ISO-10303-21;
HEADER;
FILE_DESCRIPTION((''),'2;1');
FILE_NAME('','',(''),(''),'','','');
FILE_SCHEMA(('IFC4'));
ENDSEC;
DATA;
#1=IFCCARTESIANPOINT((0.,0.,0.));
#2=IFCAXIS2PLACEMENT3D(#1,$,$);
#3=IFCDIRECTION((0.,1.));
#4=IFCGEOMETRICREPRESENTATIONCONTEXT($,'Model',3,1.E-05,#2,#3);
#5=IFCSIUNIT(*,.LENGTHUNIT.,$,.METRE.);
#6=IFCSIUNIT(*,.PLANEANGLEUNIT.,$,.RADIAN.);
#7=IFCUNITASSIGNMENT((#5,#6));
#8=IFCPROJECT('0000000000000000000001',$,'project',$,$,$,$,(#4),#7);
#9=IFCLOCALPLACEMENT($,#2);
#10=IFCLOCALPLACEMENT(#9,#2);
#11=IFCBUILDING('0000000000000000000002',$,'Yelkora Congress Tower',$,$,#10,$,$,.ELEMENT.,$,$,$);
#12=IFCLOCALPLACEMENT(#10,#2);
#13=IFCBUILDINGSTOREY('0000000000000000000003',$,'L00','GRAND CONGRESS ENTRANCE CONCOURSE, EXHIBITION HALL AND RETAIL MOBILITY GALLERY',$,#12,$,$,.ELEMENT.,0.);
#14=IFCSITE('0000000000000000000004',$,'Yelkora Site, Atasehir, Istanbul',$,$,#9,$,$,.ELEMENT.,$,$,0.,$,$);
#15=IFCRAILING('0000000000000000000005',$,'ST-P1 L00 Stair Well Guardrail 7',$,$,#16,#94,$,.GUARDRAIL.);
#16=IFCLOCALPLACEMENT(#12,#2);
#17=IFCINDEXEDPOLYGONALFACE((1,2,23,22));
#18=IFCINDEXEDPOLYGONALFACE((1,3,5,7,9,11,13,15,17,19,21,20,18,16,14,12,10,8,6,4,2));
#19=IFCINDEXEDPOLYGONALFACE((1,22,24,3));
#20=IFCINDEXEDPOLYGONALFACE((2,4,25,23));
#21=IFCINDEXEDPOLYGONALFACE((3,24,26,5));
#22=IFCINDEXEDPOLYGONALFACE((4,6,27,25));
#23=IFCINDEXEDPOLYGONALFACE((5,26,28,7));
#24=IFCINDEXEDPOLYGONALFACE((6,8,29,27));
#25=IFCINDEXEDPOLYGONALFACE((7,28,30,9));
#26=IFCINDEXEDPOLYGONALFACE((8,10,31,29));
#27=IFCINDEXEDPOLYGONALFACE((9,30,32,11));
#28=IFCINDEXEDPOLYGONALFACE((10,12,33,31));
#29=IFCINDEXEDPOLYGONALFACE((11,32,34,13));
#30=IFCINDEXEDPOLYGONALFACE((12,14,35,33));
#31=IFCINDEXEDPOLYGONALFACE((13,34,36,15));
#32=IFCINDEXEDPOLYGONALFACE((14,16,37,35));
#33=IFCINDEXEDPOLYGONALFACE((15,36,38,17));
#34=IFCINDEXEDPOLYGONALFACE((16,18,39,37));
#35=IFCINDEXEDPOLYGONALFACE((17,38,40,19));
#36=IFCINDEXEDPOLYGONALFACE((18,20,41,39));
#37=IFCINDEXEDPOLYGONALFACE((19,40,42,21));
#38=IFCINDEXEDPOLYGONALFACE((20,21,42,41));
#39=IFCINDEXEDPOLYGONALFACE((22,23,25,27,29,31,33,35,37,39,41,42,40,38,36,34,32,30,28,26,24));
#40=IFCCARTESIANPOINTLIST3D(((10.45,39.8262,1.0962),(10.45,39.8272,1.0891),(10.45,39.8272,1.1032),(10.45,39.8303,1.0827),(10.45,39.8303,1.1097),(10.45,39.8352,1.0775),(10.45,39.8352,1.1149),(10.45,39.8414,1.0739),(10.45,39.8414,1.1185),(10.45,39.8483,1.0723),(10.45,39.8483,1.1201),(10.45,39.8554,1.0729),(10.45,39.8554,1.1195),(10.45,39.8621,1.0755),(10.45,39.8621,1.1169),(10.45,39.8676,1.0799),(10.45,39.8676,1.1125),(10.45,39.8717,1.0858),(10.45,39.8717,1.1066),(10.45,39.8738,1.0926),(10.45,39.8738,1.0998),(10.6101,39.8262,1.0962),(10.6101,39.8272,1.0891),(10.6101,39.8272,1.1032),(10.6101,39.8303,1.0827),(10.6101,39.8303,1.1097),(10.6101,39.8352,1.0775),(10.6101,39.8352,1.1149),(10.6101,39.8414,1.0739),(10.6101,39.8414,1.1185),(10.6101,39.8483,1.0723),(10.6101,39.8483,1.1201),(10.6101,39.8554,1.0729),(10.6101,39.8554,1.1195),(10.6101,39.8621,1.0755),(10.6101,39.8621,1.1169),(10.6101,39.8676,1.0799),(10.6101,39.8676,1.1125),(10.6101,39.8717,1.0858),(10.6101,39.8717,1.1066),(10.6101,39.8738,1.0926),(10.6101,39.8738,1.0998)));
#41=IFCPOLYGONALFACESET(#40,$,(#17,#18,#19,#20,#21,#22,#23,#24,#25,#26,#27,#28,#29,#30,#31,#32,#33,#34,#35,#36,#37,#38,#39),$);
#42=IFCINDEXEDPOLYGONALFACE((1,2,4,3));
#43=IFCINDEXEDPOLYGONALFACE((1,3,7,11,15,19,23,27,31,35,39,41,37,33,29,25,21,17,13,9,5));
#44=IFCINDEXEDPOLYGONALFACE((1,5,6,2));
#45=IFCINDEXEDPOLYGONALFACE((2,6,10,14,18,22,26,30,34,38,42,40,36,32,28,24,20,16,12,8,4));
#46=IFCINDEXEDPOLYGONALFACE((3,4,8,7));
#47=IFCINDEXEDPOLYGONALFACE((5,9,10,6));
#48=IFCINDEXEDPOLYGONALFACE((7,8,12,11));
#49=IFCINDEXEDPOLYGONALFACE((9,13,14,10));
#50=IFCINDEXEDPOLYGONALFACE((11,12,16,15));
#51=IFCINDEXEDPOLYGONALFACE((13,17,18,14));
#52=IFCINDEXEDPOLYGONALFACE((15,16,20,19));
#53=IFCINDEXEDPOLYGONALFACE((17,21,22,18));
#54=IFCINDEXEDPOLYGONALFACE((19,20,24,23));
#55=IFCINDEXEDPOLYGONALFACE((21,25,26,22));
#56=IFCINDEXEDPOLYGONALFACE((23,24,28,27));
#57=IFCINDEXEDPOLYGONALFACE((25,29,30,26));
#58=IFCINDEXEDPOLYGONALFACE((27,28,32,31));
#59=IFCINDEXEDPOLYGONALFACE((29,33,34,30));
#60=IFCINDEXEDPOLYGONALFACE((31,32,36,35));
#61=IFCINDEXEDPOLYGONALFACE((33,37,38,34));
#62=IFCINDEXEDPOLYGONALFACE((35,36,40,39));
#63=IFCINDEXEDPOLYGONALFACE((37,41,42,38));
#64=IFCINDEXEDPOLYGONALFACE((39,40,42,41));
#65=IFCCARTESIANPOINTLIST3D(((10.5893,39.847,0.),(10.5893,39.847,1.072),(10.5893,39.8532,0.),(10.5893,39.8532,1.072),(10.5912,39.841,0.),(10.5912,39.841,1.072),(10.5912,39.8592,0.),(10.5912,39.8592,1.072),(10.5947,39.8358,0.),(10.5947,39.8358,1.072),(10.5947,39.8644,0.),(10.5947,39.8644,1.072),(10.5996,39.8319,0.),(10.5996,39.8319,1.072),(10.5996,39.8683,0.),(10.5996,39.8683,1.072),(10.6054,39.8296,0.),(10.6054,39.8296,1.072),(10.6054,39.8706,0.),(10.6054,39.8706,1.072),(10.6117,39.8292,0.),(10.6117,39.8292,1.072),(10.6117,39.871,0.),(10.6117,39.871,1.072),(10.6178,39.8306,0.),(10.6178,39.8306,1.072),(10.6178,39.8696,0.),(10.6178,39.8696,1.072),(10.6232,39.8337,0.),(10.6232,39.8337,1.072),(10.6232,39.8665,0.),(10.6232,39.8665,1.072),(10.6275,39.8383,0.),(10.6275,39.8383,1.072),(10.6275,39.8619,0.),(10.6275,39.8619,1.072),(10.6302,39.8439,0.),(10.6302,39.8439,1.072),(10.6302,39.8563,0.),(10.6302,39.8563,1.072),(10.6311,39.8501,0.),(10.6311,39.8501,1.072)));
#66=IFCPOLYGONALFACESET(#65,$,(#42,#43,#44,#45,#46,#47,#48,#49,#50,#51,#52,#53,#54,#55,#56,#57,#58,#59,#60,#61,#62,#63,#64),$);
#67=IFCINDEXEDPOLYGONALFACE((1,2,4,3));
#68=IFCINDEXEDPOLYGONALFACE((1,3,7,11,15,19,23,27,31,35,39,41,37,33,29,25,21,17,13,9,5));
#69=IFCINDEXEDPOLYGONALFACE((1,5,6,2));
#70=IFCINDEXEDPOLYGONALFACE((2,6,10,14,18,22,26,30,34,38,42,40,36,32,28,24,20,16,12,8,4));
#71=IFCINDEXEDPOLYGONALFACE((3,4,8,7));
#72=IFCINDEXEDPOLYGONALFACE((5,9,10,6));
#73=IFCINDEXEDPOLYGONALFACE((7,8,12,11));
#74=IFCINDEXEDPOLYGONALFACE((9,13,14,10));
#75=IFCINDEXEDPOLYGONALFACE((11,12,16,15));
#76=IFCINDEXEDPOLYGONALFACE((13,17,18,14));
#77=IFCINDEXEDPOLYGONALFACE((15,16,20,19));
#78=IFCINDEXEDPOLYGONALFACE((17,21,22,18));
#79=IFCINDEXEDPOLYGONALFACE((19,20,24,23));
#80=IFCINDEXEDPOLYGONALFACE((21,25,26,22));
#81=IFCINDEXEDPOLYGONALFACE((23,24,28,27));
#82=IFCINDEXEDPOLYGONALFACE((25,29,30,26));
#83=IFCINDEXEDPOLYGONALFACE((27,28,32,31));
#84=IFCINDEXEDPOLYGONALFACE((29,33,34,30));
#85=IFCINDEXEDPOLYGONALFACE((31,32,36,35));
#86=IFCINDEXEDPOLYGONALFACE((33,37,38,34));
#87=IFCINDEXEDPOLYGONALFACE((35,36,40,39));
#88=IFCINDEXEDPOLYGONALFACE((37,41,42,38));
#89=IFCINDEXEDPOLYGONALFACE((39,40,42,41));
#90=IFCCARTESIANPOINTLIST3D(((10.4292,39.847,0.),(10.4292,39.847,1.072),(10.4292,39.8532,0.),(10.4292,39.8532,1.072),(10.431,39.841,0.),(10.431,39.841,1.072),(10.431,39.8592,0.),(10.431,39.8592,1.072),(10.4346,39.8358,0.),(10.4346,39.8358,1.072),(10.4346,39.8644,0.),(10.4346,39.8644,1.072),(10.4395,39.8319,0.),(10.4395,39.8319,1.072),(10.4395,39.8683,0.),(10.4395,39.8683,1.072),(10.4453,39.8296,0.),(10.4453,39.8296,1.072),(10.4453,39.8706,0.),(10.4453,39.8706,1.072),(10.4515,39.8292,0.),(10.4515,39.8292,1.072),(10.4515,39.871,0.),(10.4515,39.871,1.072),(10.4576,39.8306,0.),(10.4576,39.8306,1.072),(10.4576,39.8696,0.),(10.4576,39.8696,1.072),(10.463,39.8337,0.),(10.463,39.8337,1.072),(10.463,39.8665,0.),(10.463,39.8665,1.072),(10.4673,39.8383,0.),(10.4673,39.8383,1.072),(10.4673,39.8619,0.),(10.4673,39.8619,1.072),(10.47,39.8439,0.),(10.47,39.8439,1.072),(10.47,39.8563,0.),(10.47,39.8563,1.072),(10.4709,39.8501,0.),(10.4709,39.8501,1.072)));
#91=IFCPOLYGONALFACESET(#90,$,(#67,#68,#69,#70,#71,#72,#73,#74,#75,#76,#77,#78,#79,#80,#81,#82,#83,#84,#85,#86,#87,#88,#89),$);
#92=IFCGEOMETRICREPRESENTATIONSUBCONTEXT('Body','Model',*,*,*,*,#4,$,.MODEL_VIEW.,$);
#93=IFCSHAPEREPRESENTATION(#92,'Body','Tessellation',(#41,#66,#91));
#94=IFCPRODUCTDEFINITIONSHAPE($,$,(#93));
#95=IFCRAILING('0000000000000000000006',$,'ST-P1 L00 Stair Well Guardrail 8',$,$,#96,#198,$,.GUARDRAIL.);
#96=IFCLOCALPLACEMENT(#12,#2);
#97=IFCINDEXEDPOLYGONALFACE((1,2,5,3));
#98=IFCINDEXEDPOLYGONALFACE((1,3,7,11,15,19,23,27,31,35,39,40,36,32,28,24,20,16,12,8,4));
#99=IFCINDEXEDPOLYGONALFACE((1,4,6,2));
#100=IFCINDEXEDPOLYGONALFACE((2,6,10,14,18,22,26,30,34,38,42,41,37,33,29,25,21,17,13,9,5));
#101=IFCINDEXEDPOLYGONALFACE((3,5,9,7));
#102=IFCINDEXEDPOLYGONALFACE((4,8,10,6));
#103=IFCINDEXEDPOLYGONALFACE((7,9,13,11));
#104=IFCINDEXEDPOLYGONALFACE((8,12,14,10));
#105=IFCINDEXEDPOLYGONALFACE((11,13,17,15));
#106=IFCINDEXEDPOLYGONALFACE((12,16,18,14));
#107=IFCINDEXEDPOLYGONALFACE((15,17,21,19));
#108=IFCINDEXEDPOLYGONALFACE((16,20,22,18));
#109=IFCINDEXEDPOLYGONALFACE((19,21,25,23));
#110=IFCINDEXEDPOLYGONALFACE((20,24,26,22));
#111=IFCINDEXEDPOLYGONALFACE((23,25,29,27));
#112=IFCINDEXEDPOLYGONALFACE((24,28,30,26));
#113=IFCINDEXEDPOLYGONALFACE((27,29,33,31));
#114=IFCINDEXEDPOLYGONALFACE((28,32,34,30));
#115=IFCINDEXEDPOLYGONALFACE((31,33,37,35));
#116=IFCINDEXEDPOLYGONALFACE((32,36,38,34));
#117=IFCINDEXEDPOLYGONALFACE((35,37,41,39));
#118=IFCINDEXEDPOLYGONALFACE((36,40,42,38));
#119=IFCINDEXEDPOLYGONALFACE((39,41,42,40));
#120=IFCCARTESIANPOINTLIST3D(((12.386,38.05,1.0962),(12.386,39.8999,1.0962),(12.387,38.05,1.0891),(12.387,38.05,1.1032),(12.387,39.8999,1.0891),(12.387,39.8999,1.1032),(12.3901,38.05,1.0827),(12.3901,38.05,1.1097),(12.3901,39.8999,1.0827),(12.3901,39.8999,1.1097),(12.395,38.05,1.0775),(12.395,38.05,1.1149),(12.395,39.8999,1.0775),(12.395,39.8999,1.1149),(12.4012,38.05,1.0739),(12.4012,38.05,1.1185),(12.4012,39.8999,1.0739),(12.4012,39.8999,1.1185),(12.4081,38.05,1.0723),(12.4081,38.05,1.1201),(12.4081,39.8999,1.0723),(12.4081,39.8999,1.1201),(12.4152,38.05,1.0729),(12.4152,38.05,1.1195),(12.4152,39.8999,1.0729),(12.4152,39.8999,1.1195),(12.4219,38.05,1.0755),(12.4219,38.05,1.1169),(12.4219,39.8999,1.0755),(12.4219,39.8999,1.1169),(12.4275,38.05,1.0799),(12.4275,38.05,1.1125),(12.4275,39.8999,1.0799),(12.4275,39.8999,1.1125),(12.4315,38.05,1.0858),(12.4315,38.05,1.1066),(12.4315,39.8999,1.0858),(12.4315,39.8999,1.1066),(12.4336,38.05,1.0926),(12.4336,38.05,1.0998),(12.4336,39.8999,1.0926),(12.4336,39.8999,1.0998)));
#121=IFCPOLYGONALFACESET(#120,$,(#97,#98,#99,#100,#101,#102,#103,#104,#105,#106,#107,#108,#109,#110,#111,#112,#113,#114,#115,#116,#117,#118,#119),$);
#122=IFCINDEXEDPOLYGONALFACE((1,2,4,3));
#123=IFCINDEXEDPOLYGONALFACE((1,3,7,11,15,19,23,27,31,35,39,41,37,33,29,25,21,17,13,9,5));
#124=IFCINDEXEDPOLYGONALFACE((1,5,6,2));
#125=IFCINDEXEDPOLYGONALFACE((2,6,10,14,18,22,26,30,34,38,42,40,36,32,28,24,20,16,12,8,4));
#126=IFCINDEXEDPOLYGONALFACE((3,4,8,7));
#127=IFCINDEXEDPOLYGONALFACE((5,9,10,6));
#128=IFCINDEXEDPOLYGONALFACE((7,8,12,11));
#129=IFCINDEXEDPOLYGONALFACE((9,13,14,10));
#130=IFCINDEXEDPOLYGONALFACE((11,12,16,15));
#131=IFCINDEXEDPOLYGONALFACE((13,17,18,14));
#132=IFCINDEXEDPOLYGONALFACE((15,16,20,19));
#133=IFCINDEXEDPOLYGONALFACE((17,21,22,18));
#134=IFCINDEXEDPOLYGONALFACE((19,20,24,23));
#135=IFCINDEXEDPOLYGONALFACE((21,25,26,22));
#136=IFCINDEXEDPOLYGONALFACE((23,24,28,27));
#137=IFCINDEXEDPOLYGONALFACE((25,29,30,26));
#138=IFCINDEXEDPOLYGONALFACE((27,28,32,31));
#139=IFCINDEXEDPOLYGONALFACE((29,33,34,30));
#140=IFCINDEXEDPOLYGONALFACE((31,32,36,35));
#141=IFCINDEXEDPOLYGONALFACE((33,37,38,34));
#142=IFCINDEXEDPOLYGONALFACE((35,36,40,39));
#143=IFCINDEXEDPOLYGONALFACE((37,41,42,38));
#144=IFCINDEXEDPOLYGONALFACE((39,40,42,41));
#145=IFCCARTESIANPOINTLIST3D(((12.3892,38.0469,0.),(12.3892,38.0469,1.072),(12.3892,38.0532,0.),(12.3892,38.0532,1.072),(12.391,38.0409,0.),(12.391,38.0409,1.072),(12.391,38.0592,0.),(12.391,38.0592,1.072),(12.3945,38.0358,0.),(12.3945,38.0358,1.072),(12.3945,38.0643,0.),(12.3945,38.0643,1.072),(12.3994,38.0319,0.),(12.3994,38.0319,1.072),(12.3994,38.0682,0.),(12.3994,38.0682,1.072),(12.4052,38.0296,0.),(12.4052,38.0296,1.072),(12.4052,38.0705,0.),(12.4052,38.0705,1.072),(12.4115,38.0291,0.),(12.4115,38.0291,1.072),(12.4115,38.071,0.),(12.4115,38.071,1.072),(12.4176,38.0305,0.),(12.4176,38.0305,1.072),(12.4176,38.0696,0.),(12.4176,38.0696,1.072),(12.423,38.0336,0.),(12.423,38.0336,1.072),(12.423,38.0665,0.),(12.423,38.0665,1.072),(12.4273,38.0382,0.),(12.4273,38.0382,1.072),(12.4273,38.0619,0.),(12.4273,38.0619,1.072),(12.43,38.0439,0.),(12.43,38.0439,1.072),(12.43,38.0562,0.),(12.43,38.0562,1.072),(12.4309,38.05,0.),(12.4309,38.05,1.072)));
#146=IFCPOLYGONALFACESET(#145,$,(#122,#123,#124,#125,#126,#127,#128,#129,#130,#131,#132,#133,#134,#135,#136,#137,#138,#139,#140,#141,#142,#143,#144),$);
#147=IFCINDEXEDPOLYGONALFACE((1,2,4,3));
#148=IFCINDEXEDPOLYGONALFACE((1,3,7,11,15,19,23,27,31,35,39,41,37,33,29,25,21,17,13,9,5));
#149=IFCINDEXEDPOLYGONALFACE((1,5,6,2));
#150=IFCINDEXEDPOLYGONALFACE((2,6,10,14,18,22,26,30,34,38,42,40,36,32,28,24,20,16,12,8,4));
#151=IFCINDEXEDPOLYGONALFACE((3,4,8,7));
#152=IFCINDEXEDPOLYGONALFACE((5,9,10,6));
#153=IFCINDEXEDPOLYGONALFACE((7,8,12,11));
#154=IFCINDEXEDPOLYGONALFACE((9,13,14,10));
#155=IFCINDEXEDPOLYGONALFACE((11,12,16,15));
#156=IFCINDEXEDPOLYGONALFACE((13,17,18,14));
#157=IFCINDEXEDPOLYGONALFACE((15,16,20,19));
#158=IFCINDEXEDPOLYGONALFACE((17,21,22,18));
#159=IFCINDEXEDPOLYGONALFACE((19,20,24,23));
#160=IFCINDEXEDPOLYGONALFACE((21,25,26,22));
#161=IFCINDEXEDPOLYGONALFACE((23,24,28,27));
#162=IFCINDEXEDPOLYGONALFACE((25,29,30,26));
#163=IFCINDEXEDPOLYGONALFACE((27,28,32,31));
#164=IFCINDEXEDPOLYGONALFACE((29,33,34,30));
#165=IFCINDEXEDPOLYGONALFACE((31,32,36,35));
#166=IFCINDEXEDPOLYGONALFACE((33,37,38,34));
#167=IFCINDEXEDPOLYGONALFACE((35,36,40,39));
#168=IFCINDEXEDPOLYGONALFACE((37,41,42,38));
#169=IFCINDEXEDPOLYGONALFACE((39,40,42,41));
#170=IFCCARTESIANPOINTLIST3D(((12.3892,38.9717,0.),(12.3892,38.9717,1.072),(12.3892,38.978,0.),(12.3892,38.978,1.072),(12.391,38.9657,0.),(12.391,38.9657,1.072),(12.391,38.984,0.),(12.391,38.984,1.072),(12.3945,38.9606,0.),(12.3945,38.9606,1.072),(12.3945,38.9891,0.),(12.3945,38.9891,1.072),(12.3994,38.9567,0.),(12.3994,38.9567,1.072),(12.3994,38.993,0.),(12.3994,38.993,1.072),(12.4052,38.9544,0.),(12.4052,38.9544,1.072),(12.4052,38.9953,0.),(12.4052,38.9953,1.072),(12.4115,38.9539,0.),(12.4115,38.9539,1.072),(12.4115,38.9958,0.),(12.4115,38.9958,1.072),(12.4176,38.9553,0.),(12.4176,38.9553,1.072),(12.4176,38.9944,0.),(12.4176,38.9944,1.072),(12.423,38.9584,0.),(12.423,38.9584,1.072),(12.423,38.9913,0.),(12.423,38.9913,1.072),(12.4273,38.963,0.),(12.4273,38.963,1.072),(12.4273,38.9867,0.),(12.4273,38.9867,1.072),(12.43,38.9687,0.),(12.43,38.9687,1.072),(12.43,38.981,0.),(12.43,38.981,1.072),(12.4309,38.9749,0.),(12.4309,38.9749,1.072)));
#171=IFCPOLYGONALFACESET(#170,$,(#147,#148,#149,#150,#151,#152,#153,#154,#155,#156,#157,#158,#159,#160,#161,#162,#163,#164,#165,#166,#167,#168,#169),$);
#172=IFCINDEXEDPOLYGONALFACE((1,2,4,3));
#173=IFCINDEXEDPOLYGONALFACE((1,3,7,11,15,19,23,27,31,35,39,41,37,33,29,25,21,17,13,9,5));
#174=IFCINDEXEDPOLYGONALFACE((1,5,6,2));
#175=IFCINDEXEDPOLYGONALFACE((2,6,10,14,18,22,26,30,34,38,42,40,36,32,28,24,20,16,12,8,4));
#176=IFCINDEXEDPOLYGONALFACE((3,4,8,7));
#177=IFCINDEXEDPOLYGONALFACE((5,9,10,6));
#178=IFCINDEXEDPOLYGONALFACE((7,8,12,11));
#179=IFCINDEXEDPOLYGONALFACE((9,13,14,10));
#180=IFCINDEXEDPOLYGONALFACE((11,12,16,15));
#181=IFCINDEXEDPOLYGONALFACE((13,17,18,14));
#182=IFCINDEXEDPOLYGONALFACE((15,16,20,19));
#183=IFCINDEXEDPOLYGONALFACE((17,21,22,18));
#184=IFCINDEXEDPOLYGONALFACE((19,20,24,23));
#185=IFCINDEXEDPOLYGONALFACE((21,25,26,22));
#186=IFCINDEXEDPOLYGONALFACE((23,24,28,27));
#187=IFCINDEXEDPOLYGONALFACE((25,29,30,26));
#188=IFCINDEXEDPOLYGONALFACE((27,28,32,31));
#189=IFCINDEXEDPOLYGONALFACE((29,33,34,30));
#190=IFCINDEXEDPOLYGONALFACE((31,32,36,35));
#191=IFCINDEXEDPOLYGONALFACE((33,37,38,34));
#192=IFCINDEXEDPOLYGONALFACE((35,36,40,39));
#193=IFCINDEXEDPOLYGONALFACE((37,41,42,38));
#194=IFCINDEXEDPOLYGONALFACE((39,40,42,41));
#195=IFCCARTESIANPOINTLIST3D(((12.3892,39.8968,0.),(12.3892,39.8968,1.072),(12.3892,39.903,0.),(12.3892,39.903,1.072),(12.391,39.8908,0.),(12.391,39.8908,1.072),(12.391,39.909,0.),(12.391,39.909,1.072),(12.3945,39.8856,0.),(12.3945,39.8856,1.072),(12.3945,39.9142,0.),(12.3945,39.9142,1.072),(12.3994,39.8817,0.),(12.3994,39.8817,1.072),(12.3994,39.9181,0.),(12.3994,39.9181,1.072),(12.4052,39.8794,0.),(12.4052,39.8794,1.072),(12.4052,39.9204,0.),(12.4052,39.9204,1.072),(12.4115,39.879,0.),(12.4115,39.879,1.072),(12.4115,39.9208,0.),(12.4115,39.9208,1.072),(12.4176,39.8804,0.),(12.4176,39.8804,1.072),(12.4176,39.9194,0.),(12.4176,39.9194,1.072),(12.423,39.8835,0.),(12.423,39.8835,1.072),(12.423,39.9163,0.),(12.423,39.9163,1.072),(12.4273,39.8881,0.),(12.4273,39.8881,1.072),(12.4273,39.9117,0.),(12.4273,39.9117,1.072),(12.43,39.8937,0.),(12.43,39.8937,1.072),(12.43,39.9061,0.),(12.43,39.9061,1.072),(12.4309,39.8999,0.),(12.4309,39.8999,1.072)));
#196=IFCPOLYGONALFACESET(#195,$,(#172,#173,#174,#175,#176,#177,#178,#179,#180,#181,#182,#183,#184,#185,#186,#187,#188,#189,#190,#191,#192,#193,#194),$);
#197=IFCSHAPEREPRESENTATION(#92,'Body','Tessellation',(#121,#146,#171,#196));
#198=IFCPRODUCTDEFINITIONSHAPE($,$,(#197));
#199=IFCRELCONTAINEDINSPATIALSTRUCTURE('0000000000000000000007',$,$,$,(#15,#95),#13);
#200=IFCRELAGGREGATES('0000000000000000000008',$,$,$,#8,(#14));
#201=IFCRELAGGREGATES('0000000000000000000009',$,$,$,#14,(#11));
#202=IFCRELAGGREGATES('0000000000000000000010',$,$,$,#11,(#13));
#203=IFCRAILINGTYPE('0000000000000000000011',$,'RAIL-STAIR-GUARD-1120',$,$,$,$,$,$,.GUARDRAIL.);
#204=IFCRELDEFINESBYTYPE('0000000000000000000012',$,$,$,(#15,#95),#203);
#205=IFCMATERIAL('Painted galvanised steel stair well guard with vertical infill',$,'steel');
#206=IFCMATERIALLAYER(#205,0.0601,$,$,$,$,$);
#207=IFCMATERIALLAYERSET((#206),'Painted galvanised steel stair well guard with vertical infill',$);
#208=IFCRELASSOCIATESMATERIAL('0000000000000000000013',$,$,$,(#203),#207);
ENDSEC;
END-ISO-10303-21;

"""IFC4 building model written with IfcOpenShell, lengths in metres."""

from ifc_helpers import new_model, si_unit, direction, frame, origin, origin_2d, place, context, subcontext, project, spatial, circle, extrude, material, layer, layer_set, type_object, element, save


model = new_model("IFC4")

# Units and contexts
model_context = context("Model", 3, precision=1e-05, world=origin(), true_north=direction((0.0, 1.0)))
body_context = subcontext(model_context, "Body", "Model", "MODEL_VIEW")
ifc_project = project(units=[si_unit("LENGTHUNIT", "METRE"), si_unit("PLANEANGLEUNIT", "RADIAN")], contexts=[model_context])

# Site, building, storey
site_placement = place(None, origin())
site = spatial("IfcSite", under=ifc_project, at=site_placement, Name="Yelkora Site, Atasehir, Istanbul", CompositionType="ELEMENT", RefElevation=0.0)
building_placement = place(site_placement, origin())
building = spatial("IfcBuilding", under=site, at=building_placement, Name="Yelkora Congress Tower", CompositionType="ELEMENT")
storey_placement = place(building_placement, origin())
storey = spatial("IfcBuildingStorey", under=building, at=storey_placement, Name="L00", Description="GRAND CONGRESS ENTRANCE CONCOURSE, EXHIBITION HALL AND RETAIL MOBILITY GALLERY", CompositionType="ELEMENT", Elevation=0.0)

# Railings
ifc_material_1 = material(Name="Painted galvanised steel stair well guard with vertical infill", Category="steel")
ifc_layer_1 = layer(ifc_material_1, 0.0601)
ifc_layer_set_1 = layer_set([ifc_layer_1], Name="Painted galvanised steel stair well guard with vertical infill")
railing_type_1 = type_object("IfcRailingType", Name="RAIL-STAIR-GUARD-1120", PredefinedType="GUARDRAIL", material=ifc_layer_set_1)
railing_1_placement = place(storey_placement, frame((10.6101, 39.8501, 0.0)))
element("IfcRailing", 1, at=railing_1_placement, inside=storey, type_object=railing_type_1, Name="ST-P1 L00 Stair Well Guardrail 7", PredefinedType="GUARDRAIL", context=body_context, shape_type="SweptSolid", body=[
    extrude(circle(Radius=0.0239, at=origin_2d()), frame((0.0, 0.0, 1.0962), z_axis=(-1.0, 0.0, 0.0), x_axis=(0.0, -1.0, 0.0)), (0.0, 0.0, 1.0), 0.1602),
    extrude(circle(Radius=0.021, at=origin_2d()), origin(), (0.0, 0.0, 1.0), 1.072),
    extrude(circle(Radius=0.021, at=origin_2d()), frame((-0.1602, 0.0, 0.0)), (0.0, 0.0, 1.0), 1.072),
])
for number, where, name in (
    (2, (12.4099, 38.05, 0.0), "ST-P1 L00 Stair Well Guardrail 8"),
):
    element("IfcRailing", number, at=place(storey_placement, frame(where)), inside=storey, type_object=railing_type_1, Name=name, PredefinedType="GUARDRAIL", context=body_context, shape_type="SweptSolid", body=[
        extrude(circle(Radius=0.0239, at=origin_2d()), frame((0.0, 0.0, 1.0962), z_axis=(0.0, 1.0, 0.0), x_axis=(-1.0, 0.0, 0.0)), (0.0, 0.0, 1.0), 1.8499),
        extrude(circle(Radius=0.021, at=origin_2d()), origin(), (0.0, 0.0, 1.0), 1.072),
        extrude(circle(Radius=0.021, at=origin_2d()), frame((0.0, 0.9248, 0.0)), (0.0, 0.0, 1.0), 1.072),
        extrude(circle(Radius=0.021, at=origin_2d()), frame((0.0, 1.8499, 0.0)), (0.0, 0.0, 1.0), 1.072),
    ])

save(model, "model.ifc")
